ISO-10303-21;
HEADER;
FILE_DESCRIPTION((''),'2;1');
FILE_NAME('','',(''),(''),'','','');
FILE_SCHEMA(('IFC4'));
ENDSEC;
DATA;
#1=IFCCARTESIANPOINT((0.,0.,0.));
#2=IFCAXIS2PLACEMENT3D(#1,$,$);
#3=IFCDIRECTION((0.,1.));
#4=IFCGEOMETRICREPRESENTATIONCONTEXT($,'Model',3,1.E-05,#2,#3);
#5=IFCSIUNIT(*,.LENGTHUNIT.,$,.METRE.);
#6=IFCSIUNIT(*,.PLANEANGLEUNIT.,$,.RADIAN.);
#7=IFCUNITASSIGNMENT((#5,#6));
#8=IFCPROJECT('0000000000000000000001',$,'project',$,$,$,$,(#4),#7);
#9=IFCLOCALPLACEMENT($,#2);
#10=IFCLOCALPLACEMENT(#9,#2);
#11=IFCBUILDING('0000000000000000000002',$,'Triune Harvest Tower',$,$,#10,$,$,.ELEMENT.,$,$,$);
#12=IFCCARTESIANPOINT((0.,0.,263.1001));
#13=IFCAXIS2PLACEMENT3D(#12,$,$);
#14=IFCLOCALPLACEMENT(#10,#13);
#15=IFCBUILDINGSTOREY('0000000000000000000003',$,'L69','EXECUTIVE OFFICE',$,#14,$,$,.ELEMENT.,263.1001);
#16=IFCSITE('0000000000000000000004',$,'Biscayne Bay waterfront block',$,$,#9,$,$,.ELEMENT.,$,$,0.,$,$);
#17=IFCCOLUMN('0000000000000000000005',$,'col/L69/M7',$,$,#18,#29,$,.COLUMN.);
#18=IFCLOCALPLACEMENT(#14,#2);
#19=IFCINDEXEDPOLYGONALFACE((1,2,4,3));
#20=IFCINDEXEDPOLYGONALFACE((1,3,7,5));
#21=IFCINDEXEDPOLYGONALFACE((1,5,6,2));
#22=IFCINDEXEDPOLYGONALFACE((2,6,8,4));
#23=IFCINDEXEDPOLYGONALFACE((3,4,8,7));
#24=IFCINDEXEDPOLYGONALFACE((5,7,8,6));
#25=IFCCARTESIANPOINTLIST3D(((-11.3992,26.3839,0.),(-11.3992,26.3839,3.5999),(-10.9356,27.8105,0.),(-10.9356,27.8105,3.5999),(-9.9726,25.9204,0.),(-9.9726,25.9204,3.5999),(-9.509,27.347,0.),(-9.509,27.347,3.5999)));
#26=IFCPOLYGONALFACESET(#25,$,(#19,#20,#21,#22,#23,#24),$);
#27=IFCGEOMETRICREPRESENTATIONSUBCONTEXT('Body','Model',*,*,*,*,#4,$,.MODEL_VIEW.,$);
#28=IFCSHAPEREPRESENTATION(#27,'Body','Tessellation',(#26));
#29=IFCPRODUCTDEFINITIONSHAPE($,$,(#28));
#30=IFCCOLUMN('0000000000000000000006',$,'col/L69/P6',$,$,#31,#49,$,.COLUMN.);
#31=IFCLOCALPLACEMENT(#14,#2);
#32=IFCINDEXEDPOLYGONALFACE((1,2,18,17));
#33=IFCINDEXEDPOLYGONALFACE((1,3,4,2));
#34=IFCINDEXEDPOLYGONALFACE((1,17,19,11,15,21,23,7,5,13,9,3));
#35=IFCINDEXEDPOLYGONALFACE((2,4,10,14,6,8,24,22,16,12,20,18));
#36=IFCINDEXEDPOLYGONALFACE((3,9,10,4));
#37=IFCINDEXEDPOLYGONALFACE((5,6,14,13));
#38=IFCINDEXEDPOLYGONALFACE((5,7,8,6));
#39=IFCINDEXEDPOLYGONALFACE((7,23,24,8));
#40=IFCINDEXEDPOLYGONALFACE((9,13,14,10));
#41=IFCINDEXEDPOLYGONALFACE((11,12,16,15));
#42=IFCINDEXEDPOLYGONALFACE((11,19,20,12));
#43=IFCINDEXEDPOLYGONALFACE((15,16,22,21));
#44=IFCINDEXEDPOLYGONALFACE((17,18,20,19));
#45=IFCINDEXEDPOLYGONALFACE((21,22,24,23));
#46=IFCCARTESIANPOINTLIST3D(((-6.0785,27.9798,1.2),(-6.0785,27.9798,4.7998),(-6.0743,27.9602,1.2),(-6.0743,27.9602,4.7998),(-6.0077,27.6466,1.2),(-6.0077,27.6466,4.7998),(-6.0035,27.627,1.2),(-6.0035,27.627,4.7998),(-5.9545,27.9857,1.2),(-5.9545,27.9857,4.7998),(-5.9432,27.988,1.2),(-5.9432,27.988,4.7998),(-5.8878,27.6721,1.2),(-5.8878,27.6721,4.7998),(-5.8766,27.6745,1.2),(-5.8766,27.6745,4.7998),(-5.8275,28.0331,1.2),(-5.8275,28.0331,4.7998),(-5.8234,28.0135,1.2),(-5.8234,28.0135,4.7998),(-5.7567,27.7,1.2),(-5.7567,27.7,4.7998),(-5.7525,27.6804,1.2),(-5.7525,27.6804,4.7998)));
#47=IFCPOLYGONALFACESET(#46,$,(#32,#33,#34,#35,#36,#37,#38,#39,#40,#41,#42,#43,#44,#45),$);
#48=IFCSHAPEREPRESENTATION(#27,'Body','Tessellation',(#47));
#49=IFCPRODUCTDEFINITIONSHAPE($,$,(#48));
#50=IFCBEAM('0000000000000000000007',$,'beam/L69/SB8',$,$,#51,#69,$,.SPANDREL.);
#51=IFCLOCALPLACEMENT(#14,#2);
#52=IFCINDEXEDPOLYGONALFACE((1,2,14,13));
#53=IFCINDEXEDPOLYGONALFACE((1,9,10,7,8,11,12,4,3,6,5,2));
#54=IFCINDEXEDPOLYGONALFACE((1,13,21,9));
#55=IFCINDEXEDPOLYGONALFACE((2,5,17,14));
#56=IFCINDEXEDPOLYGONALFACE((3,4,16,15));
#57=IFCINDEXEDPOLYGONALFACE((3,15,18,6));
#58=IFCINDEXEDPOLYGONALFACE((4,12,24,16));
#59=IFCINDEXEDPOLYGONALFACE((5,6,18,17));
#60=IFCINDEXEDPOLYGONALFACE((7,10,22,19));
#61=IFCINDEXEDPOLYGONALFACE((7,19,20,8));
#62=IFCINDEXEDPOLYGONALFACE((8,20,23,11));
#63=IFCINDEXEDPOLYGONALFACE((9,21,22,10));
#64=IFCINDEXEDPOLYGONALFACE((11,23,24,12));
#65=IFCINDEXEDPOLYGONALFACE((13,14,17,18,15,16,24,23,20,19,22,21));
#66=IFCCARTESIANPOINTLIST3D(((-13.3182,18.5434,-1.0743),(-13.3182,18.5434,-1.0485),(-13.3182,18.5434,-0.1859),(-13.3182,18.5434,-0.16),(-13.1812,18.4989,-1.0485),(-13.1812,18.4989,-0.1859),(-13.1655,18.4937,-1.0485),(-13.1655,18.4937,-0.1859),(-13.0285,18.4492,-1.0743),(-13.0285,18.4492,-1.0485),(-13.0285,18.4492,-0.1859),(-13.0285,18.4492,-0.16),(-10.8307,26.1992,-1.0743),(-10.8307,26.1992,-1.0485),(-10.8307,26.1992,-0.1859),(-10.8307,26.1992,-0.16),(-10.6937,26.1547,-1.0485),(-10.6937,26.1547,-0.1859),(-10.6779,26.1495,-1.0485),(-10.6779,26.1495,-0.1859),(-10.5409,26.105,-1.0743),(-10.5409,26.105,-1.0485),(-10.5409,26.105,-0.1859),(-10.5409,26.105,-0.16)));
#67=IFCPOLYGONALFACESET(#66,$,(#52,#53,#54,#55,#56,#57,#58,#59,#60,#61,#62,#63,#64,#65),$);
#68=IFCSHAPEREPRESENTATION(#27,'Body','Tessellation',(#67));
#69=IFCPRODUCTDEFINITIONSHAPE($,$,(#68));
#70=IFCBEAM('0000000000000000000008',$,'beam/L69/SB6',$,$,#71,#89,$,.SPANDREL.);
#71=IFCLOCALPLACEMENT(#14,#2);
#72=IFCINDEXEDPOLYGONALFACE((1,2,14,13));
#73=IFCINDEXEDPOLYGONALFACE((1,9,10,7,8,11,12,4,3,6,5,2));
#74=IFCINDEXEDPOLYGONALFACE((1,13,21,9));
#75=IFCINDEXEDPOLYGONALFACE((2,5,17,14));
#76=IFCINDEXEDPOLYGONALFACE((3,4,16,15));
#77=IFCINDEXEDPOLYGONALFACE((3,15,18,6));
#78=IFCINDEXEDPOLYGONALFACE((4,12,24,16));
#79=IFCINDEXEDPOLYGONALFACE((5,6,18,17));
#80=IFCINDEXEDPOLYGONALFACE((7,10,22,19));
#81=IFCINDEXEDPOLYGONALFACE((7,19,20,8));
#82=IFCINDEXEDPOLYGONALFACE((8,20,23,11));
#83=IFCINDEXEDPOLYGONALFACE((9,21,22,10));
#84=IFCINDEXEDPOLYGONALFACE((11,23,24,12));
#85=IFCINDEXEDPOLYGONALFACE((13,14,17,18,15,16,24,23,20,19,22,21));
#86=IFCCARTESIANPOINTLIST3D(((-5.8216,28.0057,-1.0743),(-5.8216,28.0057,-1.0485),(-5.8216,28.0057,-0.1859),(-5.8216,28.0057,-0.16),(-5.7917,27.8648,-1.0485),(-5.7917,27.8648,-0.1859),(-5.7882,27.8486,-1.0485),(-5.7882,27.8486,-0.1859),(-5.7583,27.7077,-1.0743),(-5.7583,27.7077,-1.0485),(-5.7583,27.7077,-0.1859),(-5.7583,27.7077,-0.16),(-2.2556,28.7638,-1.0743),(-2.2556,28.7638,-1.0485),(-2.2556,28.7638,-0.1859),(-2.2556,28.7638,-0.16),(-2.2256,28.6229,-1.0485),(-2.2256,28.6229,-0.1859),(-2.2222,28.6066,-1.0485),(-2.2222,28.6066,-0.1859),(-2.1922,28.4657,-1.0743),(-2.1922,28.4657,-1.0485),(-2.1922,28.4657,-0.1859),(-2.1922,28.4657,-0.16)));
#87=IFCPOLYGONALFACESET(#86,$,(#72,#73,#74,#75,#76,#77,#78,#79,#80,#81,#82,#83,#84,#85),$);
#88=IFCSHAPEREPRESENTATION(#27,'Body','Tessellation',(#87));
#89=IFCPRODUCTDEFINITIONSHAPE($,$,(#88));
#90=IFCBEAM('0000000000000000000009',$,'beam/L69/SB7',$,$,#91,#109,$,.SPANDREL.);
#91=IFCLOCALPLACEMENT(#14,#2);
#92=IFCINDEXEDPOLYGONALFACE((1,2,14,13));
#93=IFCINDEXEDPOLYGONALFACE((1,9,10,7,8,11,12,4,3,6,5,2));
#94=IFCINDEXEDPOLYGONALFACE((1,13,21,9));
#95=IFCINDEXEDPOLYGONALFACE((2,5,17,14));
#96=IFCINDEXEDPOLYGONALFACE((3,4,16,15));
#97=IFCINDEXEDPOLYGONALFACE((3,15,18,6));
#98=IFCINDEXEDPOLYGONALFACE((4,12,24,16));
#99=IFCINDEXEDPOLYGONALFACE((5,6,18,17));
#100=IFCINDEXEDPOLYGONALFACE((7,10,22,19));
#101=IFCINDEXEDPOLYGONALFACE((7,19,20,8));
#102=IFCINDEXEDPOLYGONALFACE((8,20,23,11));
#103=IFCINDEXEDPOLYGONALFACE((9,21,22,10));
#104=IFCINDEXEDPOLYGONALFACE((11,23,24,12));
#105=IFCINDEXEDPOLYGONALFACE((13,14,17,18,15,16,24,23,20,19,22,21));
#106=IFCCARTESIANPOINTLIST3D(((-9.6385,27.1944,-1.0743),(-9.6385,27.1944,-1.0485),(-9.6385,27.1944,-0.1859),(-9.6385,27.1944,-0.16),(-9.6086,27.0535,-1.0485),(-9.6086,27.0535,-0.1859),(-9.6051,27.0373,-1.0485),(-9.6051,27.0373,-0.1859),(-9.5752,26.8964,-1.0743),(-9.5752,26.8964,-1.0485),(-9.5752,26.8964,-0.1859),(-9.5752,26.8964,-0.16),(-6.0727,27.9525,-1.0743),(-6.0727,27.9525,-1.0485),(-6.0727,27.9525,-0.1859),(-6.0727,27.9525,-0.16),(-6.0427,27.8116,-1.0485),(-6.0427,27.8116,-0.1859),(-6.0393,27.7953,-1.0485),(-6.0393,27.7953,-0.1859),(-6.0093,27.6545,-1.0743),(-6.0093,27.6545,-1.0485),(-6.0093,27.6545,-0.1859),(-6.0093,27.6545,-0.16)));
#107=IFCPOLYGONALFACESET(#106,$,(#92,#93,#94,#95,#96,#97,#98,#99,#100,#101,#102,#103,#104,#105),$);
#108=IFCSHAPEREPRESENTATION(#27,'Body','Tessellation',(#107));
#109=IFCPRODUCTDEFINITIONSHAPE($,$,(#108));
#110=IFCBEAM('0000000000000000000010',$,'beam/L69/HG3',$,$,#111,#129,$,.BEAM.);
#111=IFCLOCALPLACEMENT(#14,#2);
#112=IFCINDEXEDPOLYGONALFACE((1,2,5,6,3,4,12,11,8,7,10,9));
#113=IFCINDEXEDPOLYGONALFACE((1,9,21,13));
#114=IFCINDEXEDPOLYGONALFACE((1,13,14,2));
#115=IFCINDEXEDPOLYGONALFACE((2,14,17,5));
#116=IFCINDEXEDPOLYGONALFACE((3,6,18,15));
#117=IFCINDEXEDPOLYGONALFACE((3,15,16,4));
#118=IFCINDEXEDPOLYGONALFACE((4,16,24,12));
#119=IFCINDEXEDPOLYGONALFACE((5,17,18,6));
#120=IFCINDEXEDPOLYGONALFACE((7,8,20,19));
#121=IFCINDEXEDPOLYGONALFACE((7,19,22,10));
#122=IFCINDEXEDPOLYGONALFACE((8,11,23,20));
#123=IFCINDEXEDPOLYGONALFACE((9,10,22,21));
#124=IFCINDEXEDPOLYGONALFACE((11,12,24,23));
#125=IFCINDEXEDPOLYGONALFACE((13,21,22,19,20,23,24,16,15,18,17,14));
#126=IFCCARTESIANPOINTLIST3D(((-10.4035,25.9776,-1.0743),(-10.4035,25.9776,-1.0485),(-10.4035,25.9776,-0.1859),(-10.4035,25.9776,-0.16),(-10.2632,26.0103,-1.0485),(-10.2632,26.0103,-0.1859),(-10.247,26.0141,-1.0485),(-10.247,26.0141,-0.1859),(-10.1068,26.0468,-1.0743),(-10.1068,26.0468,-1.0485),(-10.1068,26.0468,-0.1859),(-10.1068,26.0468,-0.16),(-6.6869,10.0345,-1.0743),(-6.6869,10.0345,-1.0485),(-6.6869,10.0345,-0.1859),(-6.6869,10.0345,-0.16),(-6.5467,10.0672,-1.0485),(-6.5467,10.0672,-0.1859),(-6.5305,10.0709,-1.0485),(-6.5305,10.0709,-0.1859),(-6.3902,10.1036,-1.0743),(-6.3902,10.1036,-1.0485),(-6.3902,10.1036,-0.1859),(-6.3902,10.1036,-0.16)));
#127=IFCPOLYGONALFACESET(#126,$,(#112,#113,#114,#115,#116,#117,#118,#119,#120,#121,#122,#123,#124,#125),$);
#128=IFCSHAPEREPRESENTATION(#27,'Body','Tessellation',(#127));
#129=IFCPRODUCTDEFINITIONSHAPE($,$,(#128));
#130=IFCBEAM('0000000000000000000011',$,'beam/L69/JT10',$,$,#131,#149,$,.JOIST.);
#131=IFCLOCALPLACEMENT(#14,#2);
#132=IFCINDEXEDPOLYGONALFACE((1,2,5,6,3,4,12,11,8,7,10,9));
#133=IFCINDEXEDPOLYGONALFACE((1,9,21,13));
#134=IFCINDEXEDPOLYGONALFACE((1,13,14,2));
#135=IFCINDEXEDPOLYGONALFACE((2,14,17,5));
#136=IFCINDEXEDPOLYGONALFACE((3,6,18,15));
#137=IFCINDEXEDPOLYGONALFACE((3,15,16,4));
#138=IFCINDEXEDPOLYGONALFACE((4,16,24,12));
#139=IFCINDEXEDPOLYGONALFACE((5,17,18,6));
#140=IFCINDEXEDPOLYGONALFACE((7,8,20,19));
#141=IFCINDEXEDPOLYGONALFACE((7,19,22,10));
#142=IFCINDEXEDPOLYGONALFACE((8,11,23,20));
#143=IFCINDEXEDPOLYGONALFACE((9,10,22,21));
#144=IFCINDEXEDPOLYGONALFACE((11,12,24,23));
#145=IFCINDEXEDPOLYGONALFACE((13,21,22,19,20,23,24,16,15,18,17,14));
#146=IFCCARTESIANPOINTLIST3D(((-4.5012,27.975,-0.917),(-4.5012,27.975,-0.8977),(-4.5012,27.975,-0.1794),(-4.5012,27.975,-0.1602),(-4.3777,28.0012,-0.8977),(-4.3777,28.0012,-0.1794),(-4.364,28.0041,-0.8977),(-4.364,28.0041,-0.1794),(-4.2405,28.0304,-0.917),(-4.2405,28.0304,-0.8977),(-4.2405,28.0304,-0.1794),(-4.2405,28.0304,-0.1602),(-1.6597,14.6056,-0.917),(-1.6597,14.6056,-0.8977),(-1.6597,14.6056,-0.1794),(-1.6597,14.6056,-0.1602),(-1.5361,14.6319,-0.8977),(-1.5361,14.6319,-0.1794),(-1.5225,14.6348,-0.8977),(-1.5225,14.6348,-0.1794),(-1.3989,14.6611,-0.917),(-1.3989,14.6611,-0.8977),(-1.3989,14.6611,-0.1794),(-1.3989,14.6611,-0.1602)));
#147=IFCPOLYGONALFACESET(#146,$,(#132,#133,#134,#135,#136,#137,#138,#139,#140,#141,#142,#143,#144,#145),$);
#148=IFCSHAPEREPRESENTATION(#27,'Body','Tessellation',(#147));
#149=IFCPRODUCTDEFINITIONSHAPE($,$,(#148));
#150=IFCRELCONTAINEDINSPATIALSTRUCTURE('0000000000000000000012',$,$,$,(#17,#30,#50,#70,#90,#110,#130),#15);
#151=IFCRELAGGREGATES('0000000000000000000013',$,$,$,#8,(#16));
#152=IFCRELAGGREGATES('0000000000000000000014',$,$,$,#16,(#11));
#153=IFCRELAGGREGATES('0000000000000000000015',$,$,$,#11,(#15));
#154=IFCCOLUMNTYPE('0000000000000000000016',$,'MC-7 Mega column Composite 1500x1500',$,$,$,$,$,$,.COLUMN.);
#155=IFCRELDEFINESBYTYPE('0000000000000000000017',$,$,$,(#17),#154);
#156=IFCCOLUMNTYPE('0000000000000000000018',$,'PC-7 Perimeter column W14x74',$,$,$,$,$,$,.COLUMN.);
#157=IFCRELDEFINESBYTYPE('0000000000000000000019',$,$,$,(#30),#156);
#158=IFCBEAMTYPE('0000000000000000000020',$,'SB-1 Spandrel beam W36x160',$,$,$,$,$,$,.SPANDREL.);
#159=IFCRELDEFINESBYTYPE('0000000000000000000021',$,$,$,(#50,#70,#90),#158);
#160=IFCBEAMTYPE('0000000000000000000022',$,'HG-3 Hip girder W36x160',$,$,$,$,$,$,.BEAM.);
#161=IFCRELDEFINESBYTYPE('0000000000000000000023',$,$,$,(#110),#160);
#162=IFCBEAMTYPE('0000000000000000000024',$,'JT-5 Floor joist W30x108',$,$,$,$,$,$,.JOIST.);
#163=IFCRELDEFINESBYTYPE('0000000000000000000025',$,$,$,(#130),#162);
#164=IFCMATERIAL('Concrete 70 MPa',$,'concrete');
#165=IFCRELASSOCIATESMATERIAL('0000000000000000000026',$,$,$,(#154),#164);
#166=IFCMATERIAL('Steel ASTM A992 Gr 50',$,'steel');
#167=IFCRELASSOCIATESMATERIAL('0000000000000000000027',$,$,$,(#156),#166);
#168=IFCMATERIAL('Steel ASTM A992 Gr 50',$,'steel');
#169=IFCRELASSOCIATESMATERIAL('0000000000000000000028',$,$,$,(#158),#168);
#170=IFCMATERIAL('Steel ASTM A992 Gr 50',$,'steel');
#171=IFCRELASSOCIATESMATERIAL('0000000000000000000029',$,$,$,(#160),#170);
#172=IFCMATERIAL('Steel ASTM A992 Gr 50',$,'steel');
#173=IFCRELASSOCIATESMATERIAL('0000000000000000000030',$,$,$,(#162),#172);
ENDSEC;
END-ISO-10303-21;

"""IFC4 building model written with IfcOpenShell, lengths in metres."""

from ifc_helpers import new_model, si_unit, direction, frame, origin, origin_2d, place, context, subcontext, project, spatial, rectangle, i_section, extrude, source, transform, mapped, material, material_profile, profile_set, type_object, element, save


model = new_model("IFC4")

# Units and contexts
model_context = context("Model", 3, precision=1e-05, world=origin(), true_north=direction((0.0, 1.0)))
body_context = subcontext(model_context, "Body", "Model", "MODEL_VIEW")
ifc_project = project(units=[si_unit("LENGTHUNIT", "METRE"), si_unit("PLANEANGLEUNIT", "RADIAN")], contexts=[model_context])

# Site, building, storey
site_placement = place(None, origin())
site = spatial("IfcSite", under=ifc_project, at=site_placement, Name="Biscayne Bay waterfront block", CompositionType="ELEMENT", RefElevation=0.0)
building_placement = place(site_placement, origin())
building = spatial("IfcBuilding", under=site, at=building_placement, Name="Triune Harvest Tower", CompositionType="ELEMENT")
storey_placement = place(building_placement, frame((0.0, 0.0, 263.1001)))
storey = spatial("IfcBuildingStorey", under=building, at=storey_placement, Name="L69", Description="EXECUTIVE OFFICE", CompositionType="ELEMENT", Elevation=263.1001)

# Columns
ifc_material_1 = material(Name="Concrete 70 MPa", Category="concrete")
ifc_material_profile_1 = material_profile(ifc_material_1, rectangle(XDim=1.5, YDim=1.5, at=origin_2d()), Name="Composite 1500x1500")
ifc_profile_set_1 = profile_set([ifc_material_profile_1], Name="Concrete 70 MPa")
column_type_1 = type_object("IfcColumnType", Name="MC-7 Mega column Composite 1500x1500", PredefinedType="COLUMN", material=ifc_profile_set_1)
shared_shape_1 = source(origin(), body_context, "Body", "SweptSolid", [
    extrude(rectangle(XDim=1.5, YDim=1.5, at=origin_2d()), origin(), (0.0, 0.0, 1.0), 3.5999),
])
column_1_placement = place(storey_placement, frame((-10.4541, 26.8655, 0.0), z_axis=(0.0, 0.0, 1.0), x_axis=(-0.309015, -0.951057, 0.0)))
element("IfcColumn", 1, at=column_1_placement, inside=storey, type_object=column_type_1, Name="col/L69/M7", PredefinedType="COLUMN", context=body_context, shape_type="MappedRepresentation", body=[
    mapped(shared_shape_1, transform((0.0, 0.0, 0.0), scale=1.0)),
])
ifc_material_2 = material(Name="Steel ASTM A992 Gr 50", Category="steel")
ifc_material_profile_2 = material_profile(ifc_material_2, i_section(OverallWidth=0.2566, OverallDepth=0.3606, WebThickness=0.0115, FlangeThickness=0.02, at=origin_2d()), Name="W14x74")
ifc_profile_set_2 = profile_set([ifc_material_profile_2], Name="Steel ASTM A992 Gr 50")
column_type_2 = type_object("IfcColumnType", Name="PC-7 Perimeter column W14x74", PredefinedType="COLUMN", material=ifc_profile_set_2)
shared_shape_2 = source(origin(), body_context, "Body", "SweptSolid", [
    extrude(i_section(OverallWidth=0.2566, OverallDepth=0.3606, WebThickness=0.0115, FlangeThickness=0.02, at=origin_2d()), origin(), (0.0, 0.0, 1.0), 3.5999),
])
column_2_placement = place(storey_placement, frame((-5.9155, 27.8301, 1.2), z_axis=(0.0, 0.0, 1.0), x_axis=(-0.978148, -0.207912, 0.0)))
element("IfcColumn", 2, at=column_2_placement, inside=storey, type_object=column_type_2, Name="col/L69/P6", PredefinedType="COLUMN", context=body_context, shape_type="MappedRepresentation", body=[
    mapped(shared_shape_2, transform((0.0, 0.0, 0.0), scale=1.0)),
])

# Beams
ifc_material_3 = material(Name="Steel ASTM A992 Gr 50", Category="steel")
ifc_material_profile_3 = material_profile(ifc_material_3, i_section(OverallWidth=0.3047, OverallDepth=0.9143, WebThickness=0.0166, FlangeThickness=0.0259, at=origin_2d()), Name="W36x160")
ifc_profile_set_3 = profile_set([ifc_material_profile_3], Name="Steel ASTM A992 Gr 50")
beam_type_1 = type_object("IfcBeamType", Name="SB-1 Spandrel beam W36x160", PredefinedType="SPANDREL", material=ifc_profile_set_3)
shared_shape_3 = source(origin(), body_context, "Body", "SweptSolid", [
    extrude(i_section(OverallWidth=0.3047, OverallDepth=0.9143, WebThickness=0.0166, FlangeThickness=0.0259, at=origin_2d()), origin(), (0.0, 0.0, 1.0), 8.0498),
])
beam_1_placement = place(storey_placement, frame((-10.6858, 26.1521, -0.6172), z_axis=(-0.309022, -0.951055, 0.0), x_axis=(0.951055, -0.309022, 0.0)))
element("IfcBeam", 3, at=beam_1_placement, inside=storey, type_object=beam_type_1, Name="beam/L69/SB8", PredefinedType="SPANDREL", context=body_context, shape_type="MappedRepresentation", body=[
    mapped(shared_shape_3, transform((0.0, 0.0, 0.0), scale=1.0)),
])
shared_shape_4 = source(origin(), body_context, "Body", "SweptSolid", [
    extrude(i_section(OverallWidth=0.3047, OverallDepth=0.9143, WebThickness=0.0166, FlangeThickness=0.0259, at=origin_2d()), origin(), (0.0, 0.0, 1.0), 3.6458),
])
beam_2_placement = place(storey_placement, frame((-2.2239, 28.6147, -0.6172), z_axis=(-0.978145, -0.207924, 0.0), x_axis=(0.207924, -0.978145, 0.0)))
element("IfcBeam", 4, at=beam_2_placement, inside=storey, type_object=beam_type_1, Name="beam/L69/SB6", PredefinedType="SPANDREL", context=body_context, shape_type="MappedRepresentation", body=[
    mapped(shared_shape_4, transform((0.0, 0.0, 0.0), scale=1.0)),
])
shared_shape_5 = source(origin(), body_context, "Body", "SweptSolid", [
    extrude(i_section(OverallWidth=0.3047, OverallDepth=0.9143, WebThickness=0.0166, FlangeThickness=0.0259, at=origin_2d()), origin(), (0.0, 0.0, 1.0), 3.6455),
])
beam_3_placement = place(storey_placement, frame((-6.041, 27.8035, -0.6172), z_axis=(-0.978142, -0.207937, 0.0), x_axis=(0.207937, -0.978142, 0.0)))
element("IfcBeam", 5, at=beam_3_placement, inside=storey, type_object=beam_type_1, Name="beam/L69/SB7", PredefinedType="SPANDREL", context=body_context, shape_type="MappedRepresentation", body=[
    mapped(shared_shape_5, transform((0.0, 0.0, 0.0), scale=1.0)),
])
ifc_material_4 = material(Name="Steel ASTM A992 Gr 50", Category="steel")
ifc_material_profile_4 = material_profile(ifc_material_4, i_section(OverallWidth=0.3047, OverallDepth=0.9143, WebThickness=0.0166, FlangeThickness=0.0259, at=origin_2d()), Name="W36x160")
ifc_profile_set_4 = profile_set([ifc_material_profile_4], Name="Steel ASTM A992 Gr 50")
beam_type_2 = type_object("IfcBeamType", Name="HG-3 Hip girder W36x160", PredefinedType="BEAM", material=ifc_profile_set_4)
shared_shape_6 = source(origin(), body_context, "Body", "SweptSolid", [
    extrude(i_section(OverallWidth=0.3047, OverallDepth=0.9143, WebThickness=0.0166, FlangeThickness=0.0259, at=origin_2d()), origin(), (0.0, 0.0, 1.0), 16.3706),
])
beam_4_placement = place(storey_placement, frame((-10.2551, 26.0122, -0.6172), z_axis=(0.227026, -0.973889, 0.0), x_axis=(0.973889, 0.227026, 0.0)))
element("IfcBeam", 6, at=beam_4_placement, inside=storey, type_object=beam_type_2, Name="beam/L69/HG3", PredefinedType="BEAM", context=body_context, shape_type="MappedRepresentation", body=[
    mapped(shared_shape_6, transform((0.0, 0.0, 0.0), scale=1.0)),
])
ifc_material_5 = material(Name="Steel ASTM A992 Gr 50", Category="steel")
ifc_material_profile_5 = material_profile(ifc_material_5, i_section(OverallWidth=0.2666, OverallDepth=0.7568, WebThickness=0.0139, FlangeThickness=0.0193, at=origin_2d()), Name="W30x108")
ifc_profile_set_5 = profile_set([ifc_material_profile_5], Name="Steel ASTM A992 Gr 50")
beam_type_3 = type_object("IfcBeamType", Name="JT-5 Floor joist W30x108", PredefinedType="JOIST", material=ifc_profile_set_5)
shared_shape_7 = source(origin(), body_context, "Body", "SweptSolid", [
    extrude(i_section(OverallWidth=0.2666, OverallDepth=0.7568, WebThickness=0.0139, FlangeThickness=0.0193, at=origin_2d()), origin(), (0.0, 0.0, 1.0), 13.668),
])
beam_5_placement = place(storey_placement, frame((-4.3708, 28.0027, -0.5386), z_axis=(0.207898, -0.978151, 0.0), x_axis=(0.978151, 0.207898, 0.0)))
element("IfcBeam", 7, at=beam_5_placement, inside=storey, type_object=beam_type_3, Name="beam/L69/JT10", PredefinedType="JOIST", context=body_context, shape_type="MappedRepresentation", body=[
    mapped(shared_shape_7, transform((0.0, 0.0, 0.0), scale=1.0)),
])

save(model, "model.ifc")
